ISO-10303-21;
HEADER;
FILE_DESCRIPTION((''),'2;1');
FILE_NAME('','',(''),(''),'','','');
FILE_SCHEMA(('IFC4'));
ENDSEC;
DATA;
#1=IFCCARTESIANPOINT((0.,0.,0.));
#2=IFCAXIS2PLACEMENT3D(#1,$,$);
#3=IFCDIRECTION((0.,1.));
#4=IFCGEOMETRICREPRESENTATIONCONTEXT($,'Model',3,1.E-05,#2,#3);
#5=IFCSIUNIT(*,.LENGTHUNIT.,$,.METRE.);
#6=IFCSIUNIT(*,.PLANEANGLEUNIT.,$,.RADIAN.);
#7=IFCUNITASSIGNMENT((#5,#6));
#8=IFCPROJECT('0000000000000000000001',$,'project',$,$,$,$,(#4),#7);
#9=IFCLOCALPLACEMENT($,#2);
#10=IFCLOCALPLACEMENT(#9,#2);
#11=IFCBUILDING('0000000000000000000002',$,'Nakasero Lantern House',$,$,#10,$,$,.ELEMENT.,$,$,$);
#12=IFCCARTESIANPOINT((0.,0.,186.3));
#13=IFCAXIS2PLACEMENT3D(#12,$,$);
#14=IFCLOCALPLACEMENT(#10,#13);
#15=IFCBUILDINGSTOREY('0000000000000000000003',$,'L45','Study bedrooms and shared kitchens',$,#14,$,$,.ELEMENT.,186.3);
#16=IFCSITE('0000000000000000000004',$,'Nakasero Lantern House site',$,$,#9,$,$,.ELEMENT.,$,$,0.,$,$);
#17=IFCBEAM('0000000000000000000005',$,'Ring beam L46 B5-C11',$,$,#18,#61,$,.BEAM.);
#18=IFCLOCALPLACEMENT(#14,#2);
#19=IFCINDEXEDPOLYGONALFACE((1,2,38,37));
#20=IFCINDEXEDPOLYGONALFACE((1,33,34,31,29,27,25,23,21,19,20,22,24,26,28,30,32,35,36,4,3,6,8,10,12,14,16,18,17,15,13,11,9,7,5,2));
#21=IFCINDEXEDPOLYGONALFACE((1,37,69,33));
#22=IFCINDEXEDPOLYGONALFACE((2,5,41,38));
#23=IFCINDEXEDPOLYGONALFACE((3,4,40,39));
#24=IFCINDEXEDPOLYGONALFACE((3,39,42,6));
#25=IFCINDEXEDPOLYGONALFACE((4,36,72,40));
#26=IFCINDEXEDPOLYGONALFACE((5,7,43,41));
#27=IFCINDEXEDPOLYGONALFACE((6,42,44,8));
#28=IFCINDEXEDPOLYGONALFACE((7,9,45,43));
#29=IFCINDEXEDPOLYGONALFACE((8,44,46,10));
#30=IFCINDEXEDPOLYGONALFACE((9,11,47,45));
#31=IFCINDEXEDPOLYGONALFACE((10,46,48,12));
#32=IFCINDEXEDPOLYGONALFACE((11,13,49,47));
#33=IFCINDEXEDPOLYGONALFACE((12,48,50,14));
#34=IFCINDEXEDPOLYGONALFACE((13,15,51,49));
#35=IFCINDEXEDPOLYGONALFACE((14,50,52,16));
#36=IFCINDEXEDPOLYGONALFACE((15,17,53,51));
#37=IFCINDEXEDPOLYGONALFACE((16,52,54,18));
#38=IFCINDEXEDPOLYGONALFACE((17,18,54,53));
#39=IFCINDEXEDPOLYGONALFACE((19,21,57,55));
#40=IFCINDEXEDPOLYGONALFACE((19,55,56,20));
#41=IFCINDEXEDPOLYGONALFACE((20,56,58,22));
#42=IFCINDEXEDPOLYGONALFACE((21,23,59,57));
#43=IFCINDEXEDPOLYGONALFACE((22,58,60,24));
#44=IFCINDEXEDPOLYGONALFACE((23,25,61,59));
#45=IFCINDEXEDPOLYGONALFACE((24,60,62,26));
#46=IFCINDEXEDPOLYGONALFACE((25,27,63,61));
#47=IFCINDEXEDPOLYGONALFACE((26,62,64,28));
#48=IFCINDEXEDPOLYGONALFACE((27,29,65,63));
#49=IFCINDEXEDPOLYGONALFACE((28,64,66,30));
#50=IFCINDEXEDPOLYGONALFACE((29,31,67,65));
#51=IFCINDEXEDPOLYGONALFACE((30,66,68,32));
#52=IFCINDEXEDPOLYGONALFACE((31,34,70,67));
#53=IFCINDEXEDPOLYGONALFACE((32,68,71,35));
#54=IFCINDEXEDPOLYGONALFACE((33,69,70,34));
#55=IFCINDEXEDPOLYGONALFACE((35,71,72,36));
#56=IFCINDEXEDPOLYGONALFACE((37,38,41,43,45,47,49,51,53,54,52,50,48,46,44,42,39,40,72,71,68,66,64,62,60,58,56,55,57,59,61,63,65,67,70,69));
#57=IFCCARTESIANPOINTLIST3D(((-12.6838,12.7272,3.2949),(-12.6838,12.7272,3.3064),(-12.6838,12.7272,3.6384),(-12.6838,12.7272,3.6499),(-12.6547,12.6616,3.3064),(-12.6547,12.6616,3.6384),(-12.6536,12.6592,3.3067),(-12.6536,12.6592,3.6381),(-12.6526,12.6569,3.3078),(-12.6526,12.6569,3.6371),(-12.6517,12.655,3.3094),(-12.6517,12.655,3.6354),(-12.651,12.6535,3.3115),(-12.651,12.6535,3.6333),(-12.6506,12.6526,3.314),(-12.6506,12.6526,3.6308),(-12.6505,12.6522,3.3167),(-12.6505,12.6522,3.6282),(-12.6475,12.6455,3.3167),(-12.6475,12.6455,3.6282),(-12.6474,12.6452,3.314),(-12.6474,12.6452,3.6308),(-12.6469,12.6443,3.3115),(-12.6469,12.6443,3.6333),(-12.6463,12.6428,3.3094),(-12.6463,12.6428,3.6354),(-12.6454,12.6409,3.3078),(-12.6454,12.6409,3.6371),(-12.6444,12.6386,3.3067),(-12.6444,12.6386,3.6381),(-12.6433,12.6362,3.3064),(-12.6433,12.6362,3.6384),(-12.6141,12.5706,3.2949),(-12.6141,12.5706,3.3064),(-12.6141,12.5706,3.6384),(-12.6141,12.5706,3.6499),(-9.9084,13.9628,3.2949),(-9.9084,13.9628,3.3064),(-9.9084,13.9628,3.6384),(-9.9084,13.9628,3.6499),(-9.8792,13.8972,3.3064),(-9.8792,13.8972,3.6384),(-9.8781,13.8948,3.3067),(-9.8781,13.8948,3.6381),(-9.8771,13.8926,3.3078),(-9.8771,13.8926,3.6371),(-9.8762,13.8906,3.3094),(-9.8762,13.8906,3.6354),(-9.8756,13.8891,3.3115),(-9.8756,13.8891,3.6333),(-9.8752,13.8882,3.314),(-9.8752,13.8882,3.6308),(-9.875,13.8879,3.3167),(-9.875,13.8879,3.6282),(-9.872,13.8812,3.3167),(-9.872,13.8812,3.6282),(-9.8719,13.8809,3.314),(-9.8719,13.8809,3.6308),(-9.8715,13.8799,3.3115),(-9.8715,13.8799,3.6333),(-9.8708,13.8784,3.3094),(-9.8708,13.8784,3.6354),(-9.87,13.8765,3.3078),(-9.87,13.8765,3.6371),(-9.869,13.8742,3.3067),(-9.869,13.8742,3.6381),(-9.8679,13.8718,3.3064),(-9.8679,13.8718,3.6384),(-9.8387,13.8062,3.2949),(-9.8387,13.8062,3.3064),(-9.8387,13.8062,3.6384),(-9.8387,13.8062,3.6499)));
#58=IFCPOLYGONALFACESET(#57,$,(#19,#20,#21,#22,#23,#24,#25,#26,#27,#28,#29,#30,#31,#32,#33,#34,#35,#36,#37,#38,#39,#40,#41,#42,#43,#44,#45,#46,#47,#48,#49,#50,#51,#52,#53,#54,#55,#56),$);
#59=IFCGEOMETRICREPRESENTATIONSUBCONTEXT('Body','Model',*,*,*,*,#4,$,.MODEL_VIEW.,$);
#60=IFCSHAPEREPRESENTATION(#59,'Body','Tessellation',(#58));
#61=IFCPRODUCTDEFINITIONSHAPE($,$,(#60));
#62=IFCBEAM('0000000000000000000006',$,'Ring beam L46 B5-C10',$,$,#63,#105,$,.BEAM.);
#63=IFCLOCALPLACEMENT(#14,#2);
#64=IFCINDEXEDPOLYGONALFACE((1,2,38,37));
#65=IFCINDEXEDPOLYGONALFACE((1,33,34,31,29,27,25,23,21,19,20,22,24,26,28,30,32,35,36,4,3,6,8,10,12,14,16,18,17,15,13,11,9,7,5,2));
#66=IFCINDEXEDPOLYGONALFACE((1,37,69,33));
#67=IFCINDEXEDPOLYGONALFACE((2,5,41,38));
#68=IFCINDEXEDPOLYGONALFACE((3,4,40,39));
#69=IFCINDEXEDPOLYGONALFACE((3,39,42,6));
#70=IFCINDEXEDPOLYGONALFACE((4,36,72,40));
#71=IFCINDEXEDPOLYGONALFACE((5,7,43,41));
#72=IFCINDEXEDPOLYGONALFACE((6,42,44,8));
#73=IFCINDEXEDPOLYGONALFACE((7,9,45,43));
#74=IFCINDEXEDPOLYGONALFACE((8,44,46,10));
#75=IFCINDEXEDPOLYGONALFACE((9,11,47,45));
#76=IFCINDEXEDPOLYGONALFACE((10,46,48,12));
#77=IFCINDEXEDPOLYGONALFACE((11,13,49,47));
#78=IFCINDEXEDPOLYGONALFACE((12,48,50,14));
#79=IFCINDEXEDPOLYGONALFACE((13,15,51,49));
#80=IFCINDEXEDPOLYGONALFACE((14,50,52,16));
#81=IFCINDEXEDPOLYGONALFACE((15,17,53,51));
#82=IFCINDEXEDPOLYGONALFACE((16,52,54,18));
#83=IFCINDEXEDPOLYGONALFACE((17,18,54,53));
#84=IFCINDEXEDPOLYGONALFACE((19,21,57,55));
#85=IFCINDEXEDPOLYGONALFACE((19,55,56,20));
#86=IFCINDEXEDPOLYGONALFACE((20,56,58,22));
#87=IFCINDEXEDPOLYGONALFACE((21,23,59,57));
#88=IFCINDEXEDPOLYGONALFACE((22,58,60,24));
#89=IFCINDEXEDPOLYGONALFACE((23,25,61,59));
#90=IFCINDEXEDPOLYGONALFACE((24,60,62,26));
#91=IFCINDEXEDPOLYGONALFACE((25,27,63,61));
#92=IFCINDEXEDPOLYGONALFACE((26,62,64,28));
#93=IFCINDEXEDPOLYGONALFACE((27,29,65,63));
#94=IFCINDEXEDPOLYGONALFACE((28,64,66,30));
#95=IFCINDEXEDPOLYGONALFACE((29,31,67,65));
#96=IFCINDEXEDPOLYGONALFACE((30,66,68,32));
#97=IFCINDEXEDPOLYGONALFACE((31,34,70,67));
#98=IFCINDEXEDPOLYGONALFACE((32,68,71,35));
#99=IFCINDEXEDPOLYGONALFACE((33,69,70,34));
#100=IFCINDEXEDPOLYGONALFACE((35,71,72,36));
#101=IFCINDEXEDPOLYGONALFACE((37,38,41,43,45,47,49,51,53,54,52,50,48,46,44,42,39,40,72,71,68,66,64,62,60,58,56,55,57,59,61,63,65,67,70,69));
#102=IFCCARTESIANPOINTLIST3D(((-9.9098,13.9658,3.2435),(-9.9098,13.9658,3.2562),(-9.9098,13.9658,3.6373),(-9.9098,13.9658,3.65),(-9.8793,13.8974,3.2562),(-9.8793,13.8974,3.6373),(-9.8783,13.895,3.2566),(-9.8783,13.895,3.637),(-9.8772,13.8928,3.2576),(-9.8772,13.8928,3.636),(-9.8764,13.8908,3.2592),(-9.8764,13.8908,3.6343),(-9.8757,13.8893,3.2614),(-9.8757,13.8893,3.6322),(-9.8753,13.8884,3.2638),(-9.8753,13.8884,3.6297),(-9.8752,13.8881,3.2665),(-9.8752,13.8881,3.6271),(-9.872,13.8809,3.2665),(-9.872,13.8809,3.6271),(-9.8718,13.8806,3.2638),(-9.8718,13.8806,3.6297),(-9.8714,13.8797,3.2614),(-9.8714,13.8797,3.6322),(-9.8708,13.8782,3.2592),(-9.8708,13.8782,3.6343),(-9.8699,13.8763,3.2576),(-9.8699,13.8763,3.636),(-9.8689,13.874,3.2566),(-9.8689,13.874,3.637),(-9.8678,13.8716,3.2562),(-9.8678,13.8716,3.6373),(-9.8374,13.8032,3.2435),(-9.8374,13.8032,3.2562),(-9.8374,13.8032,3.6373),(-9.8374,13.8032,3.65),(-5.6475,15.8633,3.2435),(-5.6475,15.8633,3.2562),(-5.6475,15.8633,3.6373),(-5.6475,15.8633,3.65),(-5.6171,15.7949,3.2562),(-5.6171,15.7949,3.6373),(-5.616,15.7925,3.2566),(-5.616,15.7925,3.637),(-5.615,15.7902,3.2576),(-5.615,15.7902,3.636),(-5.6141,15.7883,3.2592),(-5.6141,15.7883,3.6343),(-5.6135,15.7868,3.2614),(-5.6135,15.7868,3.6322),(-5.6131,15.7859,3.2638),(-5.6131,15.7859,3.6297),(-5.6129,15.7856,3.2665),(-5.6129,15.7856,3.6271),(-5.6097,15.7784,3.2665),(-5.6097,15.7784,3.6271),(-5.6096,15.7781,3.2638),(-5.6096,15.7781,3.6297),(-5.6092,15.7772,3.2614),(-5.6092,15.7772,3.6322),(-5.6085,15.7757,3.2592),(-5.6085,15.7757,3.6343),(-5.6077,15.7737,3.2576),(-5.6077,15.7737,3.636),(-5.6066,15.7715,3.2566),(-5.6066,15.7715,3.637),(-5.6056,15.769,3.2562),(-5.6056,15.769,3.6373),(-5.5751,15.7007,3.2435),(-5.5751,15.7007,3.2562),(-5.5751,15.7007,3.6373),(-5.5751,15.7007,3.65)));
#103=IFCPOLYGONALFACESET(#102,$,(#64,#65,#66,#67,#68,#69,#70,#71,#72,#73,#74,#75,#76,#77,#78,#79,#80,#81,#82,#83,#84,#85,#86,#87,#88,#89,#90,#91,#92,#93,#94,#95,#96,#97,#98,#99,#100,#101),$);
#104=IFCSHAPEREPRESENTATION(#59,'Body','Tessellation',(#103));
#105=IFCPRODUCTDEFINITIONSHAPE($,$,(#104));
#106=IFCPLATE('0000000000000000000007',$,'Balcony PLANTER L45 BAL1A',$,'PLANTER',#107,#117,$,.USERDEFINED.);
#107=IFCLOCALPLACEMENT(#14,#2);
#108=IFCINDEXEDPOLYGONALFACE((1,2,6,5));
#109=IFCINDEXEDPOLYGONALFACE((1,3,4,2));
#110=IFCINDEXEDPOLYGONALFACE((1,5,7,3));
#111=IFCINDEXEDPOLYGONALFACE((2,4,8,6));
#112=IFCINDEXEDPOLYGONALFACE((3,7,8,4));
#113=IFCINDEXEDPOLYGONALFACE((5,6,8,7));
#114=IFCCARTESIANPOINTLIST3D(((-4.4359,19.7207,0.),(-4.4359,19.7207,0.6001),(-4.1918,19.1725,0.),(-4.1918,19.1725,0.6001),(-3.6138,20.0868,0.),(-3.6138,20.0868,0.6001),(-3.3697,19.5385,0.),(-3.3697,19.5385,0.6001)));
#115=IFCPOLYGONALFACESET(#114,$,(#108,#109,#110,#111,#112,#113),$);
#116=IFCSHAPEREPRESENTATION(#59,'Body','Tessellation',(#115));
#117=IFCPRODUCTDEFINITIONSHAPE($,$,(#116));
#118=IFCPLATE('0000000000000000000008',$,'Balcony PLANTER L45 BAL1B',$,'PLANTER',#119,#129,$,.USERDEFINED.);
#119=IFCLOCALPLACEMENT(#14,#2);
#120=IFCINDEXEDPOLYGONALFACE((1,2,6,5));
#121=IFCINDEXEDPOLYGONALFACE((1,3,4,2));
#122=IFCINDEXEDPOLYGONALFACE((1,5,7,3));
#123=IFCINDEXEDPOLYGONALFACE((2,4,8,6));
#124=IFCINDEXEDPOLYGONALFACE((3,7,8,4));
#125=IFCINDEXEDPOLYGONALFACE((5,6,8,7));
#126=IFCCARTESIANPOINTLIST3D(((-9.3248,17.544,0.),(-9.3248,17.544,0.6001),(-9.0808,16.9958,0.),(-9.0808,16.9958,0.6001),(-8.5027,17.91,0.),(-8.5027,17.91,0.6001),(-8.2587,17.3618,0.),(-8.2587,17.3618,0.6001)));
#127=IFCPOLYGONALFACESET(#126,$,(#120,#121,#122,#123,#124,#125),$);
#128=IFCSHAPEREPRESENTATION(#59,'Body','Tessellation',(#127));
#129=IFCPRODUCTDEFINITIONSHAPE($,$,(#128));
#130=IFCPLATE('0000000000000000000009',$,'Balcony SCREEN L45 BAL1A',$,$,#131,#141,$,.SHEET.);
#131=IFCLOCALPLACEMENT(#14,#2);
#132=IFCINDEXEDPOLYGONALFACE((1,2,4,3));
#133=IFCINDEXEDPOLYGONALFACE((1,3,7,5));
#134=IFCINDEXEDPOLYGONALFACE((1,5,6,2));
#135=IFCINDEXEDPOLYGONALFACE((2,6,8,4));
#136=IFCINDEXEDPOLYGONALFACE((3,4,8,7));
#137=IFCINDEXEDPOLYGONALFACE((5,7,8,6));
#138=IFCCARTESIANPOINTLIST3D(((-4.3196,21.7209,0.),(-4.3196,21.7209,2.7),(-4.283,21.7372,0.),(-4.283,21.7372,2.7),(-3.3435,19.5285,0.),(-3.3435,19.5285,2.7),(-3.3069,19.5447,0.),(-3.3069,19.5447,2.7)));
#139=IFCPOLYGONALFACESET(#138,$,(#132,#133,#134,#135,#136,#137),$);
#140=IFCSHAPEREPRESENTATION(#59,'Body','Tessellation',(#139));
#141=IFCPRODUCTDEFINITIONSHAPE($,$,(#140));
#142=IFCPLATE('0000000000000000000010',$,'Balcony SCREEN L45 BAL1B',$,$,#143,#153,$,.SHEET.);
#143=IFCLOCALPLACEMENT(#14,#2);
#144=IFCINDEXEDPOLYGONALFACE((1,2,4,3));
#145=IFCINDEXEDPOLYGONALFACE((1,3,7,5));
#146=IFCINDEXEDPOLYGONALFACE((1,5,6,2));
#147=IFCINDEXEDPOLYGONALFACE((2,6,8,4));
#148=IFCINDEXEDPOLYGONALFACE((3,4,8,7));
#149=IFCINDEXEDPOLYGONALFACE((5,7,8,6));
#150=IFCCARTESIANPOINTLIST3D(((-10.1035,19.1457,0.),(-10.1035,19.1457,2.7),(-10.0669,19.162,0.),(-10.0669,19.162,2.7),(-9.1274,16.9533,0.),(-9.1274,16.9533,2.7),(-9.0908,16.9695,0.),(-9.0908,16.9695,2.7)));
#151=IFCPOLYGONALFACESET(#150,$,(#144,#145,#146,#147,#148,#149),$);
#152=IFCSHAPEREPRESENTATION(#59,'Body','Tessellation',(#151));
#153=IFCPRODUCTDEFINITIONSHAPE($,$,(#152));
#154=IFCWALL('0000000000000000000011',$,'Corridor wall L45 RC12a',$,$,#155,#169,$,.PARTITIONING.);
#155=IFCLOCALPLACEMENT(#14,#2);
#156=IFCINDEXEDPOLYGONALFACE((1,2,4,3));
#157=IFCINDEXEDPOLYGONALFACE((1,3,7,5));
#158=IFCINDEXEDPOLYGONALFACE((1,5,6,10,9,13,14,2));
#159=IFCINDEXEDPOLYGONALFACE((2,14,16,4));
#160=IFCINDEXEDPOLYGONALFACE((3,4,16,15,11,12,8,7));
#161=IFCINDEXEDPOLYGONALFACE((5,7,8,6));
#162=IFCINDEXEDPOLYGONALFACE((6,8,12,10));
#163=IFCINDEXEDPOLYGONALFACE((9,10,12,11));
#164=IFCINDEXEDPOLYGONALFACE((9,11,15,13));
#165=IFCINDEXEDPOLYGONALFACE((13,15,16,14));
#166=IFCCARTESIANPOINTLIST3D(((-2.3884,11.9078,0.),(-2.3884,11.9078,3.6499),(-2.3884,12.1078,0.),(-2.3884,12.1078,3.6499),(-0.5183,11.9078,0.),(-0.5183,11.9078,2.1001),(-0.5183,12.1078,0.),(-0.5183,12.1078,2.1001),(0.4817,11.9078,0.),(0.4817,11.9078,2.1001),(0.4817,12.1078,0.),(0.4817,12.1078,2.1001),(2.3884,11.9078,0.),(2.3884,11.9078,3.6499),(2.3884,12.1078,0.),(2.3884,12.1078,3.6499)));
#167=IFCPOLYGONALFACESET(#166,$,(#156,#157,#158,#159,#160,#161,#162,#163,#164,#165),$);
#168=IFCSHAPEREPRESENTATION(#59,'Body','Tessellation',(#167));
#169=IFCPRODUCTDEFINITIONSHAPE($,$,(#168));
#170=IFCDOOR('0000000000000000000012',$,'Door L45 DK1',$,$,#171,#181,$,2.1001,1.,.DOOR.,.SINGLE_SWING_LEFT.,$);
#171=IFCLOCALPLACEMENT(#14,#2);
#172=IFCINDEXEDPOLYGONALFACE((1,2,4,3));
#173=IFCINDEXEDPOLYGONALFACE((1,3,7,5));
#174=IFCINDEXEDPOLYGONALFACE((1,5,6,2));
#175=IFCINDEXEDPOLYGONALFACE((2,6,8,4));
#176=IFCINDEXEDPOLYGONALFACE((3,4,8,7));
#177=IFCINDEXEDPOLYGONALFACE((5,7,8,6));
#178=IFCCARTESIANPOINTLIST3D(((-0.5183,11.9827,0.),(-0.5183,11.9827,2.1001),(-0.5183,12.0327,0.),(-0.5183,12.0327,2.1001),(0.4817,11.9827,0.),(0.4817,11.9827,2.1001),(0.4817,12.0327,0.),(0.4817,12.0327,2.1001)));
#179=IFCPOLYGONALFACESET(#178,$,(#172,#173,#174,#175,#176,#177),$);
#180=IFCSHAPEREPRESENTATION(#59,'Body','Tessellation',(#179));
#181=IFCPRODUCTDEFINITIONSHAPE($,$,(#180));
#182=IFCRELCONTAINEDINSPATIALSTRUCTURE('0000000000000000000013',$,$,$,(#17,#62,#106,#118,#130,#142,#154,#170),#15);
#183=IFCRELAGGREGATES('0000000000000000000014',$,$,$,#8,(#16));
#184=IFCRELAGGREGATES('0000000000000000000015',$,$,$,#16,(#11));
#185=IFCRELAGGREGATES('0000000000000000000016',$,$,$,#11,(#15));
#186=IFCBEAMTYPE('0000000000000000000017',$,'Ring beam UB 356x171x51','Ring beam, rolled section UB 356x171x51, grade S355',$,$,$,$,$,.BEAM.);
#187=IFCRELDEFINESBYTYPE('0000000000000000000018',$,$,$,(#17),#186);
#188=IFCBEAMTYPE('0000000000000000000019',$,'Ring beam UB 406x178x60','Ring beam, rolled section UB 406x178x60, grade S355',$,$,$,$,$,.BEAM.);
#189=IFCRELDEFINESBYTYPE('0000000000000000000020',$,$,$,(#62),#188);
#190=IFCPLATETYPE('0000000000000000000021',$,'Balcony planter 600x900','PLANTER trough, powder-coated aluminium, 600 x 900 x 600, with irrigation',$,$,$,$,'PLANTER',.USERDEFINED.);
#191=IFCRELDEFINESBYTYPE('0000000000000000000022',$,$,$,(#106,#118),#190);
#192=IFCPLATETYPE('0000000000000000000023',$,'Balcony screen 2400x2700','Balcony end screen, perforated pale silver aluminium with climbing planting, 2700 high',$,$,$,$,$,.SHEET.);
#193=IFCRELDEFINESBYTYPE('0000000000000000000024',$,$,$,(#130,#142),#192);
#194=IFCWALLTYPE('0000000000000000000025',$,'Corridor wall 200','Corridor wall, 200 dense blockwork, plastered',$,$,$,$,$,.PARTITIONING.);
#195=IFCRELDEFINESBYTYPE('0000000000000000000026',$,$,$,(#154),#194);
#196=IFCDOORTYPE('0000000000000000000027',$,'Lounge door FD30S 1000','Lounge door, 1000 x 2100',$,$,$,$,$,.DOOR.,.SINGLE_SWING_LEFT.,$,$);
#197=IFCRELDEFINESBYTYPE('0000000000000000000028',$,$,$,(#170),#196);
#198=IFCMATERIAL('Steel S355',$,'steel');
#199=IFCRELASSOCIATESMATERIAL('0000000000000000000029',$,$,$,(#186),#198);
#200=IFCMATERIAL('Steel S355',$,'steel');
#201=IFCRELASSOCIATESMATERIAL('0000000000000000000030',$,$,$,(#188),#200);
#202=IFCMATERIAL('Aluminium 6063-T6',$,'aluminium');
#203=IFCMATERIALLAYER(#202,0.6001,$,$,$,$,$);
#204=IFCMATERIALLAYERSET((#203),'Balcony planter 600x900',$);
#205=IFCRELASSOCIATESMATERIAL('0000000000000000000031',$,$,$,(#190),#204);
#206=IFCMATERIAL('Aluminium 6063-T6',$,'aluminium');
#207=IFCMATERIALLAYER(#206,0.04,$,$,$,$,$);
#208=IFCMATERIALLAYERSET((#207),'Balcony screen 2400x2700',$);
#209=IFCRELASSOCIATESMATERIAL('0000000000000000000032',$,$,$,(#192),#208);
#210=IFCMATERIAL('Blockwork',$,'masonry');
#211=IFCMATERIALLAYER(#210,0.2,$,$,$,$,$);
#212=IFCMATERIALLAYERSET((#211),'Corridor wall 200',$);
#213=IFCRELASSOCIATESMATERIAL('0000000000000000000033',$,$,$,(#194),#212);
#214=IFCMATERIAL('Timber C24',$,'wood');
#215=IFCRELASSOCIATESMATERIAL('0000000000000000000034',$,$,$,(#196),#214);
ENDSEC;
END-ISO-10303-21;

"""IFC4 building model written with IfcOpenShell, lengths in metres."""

from ifc_helpers import new_model, si_unit, direction, frame, frame_2d, origin, origin_2d, place, context, subcontext, project, spatial, rectangle, i_section, extrude, material, layer, layer_set, material_profile, profile_set, type_object, element, fill, save


model = new_model("IFC4")

# Units and contexts
model_context = context("Model", 3, precision=1e-05, world=origin(), true_north=direction((0.0, 1.0)))
body_context = subcontext(model_context, "Body", "Model", "MODEL_VIEW")
ifc_project = project(units=[si_unit("LENGTHUNIT", "METRE"), si_unit("PLANEANGLEUNIT", "RADIAN")], contexts=[model_context])

# Site, building, storey
site_placement = place(None, origin())
site = spatial("IfcSite", under=ifc_project, at=site_placement, Name="Nakasero Lantern House site", CompositionType="ELEMENT", RefElevation=0.0)
building_placement = place(site_placement, origin())
building = spatial("IfcBuilding", under=site, at=building_placement, Name="Nakasero Lantern House", CompositionType="ELEMENT")
storey_placement = place(building_placement, frame((0.0, 0.0, 186.3)))
storey = spatial("IfcBuildingStorey", under=building, at=storey_placement, Name="L45", Description="Study bedrooms and shared kitchens", CompositionType="ELEMENT", Elevation=186.3)

# Beams
ifc_material_1 = material(Name="Steel S355", Category="steel")
ifc_material_profile_1 = material_profile(ifc_material_1, i_section(OverallWidth=0.1714, OverallDepth=0.355, WebThickness=0.0073, FlangeThickness=0.0115, FilletRadius=0.0103, at=origin_2d()), Name="UB 356x171x51")
ifc_profile_set_1 = profile_set([ifc_material_profile_1], Name="Steel S355")
beam_type_1 = type_object("IfcBeamType", Name="Ring beam UB 356x171x51", Description="Ring beam, rolled section UB 356x171x51, grade S355", PredefinedType="BEAM", material=ifc_profile_set_1)
beam_1_placement = place(storey_placement, frame((-9.8735, 13.8845, 3.4724), z_axis=(-0.913556, -0.406713, 0.0), x_axis=(0.406713, -0.913556, 0.0)))
element("IfcBeam", 1, at=beam_1_placement, inside=storey, type_object=beam_type_1, Name="Ring beam L46 B5-C11", PredefinedType="BEAM", context=body_context, shape_type="SweptSolid", body=[
    extrude(i_section(OverallWidth=0.1714, OverallDepth=0.355, WebThickness=0.0073, FlangeThickness=0.0115, FilletRadius=0.0103, at=origin_2d()), origin(), (0.0, 0.0, 1.0), 3.0381),
])
ifc_material_2 = material(Name="Steel S355", Category="steel")
ifc_material_profile_2 = material_profile(ifc_material_2, i_section(OverallWidth=0.178, OverallDepth=0.4065, WebThickness=0.0078, FlangeThickness=0.0127, FilletRadius=0.0103, at=origin_2d()), Name="UB 406x178x60")
ifc_profile_set_2 = profile_set([ifc_material_profile_2], Name="Steel S355")
beam_type_2 = type_object("IfcBeamType", Name="Ring beam UB 406x178x60", Description="Ring beam, rolled section UB 406x178x60, grade S355", PredefinedType="BEAM", material=ifc_profile_set_2)
beam_2_placement = place(storey_placement, frame((-5.6113, 15.782, 3.4468), z_axis=(-0.913561, -0.406702, 0.0), x_axis=(0.406702, -0.913561, 0.0)))
element("IfcBeam", 2, at=beam_2_placement, inside=storey, type_object=beam_type_2, Name="Ring beam L46 B5-C10", PredefinedType="BEAM", context=body_context, shape_type="SweptSolid", body=[
    extrude(i_section(OverallWidth=0.178, OverallDepth=0.4065, WebThickness=0.0078, FlangeThickness=0.0127, FilletRadius=0.0103, at=origin_2d()), origin(), (0.0, 0.0, 1.0), 4.6655),
])

# Plates
ifc_material_3 = material(Name="Aluminium 6063-T6", Category="aluminium")
ifc_layer_1 = layer(ifc_material_3, 0.6001)
ifc_layer_set_1 = layer_set([ifc_layer_1], Name="Balcony planter 600x900")
plate_type_1 = type_object("IfcPlateType", Name="Balcony planter 600x900", Description="PLANTER trough, powder-coated aluminium, 600 x 900 x 600, with irrigation", ElementType="PLANTER", PredefinedType="USERDEFINED", material=ifc_layer_set_1)
for number, where, z_axis, x_axis, name in (
    (3, (-3.9028, 19.6296, 0.0), (0.0, 0.0, 1.0), (-0.406737, 0.913545, 0.0), "Balcony PLANTER L45 BAL1A"),
    (4, (-8.7917, 17.4529, 0.0), (0.0, 0.0, 1.0), (-0.406737, 0.913545, 0.0), "Balcony PLANTER L45 BAL1B"),
):
    element("IfcPlate", number, at=place(storey_placement, frame(where, z_axis=z_axis, x_axis=x_axis)), inside=storey, type_object=plate_type_1, Name=name, ObjectType="PLANTER", PredefinedType="USERDEFINED", context=body_context, shape_type="SweptSolid", body=[
        extrude(rectangle(XDim=0.6001, YDim=0.8999, at=origin_2d()), origin(), (0.0, 0.0, 1.0), 0.6001),
    ])
ifc_material_4 = material(Name="Aluminium 6063-T6", Category="aluminium")
ifc_layer_2 = layer(ifc_material_4, 0.04)
ifc_layer_set_2 = layer_set([ifc_layer_2], Name="Balcony screen 2400x2700")
plate_type_2 = type_object("IfcPlateType", Name="Balcony screen 2400x2700", Description="Balcony end screen, perforated pale silver aluminium with climbing planting, 2700 high", PredefinedType="SHEET", material=ifc_layer_set_2)
for number, where, z_axis, x_axis, name in (
    (5, (-3.8132, 20.6328, 0.0), (0.0, 0.0, 1.0), (-0.406737, 0.913545, 0.0), "Balcony SCREEN L45 BAL1A"),
    (6, (-9.5972, 18.0576, 0.0), (0.0, 0.0, 1.0), (-0.406737, 0.913545, 0.0), "Balcony SCREEN L45 BAL1B"),
):
    element("IfcPlate", number, at=place(storey_placement, frame(where, z_axis=z_axis, x_axis=x_axis)), inside=storey, type_object=plate_type_2, Name=name, PredefinedType="SHEET", context=body_context, shape_type="SweptSolid", body=[
        extrude(rectangle(XDim=2.3999, YDim=0.04, at=origin_2d()), origin(), (0.0, 0.0, 1.0), 2.7),
    ])

# Wall, opening, door
ifc_material_5 = material(Name="Blockwork", Category="masonry")
ifc_layer_3 = layer(ifc_material_5, 0.2)
ifc_layer_set_3 = layer_set([ifc_layer_3], Name="Corridor wall 200")
wall_type_1 = type_object("IfcWallType", Name="Corridor wall 200", Description="Corridor wall, 200 dense blockwork, plastered", PredefinedType="PARTITIONING", material=ifc_layer_set_3)
wall_1_placement = place(storey_placement, frame((-2.3884, 12.0078, 0.0), z_axis=(0.0, 0.0, 1.0), x_axis=(1.0, 0.0, 0.0)))
wall_1 = element("IfcWall", 7, at=wall_1_placement, inside=storey, type_object=wall_type_1, Name="Corridor wall L45 RC12a", PredefinedType="PARTITIONING", context=body_context, shape_type="SweptSolid", body=[
    extrude(rectangle(XDim=4.7769, YDim=0.2, at=frame_2d((2.3884, 0.0))), origin(), (0.0, 0.0, 1.0), 3.6499),
])
opening_1_placement = place(wall_1_placement, frame((1.8701, 0.0, 0.0)))
opening_1 = element("IfcOpeningElement", 8, at=opening_1_placement, cuts=wall_1, PredefinedType="OPENING", context=body_context, shape_type="SweptSolid", body=[
    extrude(rectangle(XDim=1.0, YDim=2.1001, at=frame_2d((0.5, 1.05))), frame((0.0, 0.1199, 0.0), z_axis=(0.0, -1.0, 0.0), x_axis=(1.0, 0.0, 0.0)), (0.0, 0.0, 1.0), 0.24),
])
ifc_material_6 = material(Name="Timber C24", Category="wood")
door_type_1 = type_object("IfcDoorType", Name="Lounge door FD30S 1000", Description="Lounge door, 1000 x 2100", OperationType="SINGLE_SWING_LEFT", PredefinedType="DOOR", material=ifc_material_6)
door_1_placement = place(opening_1_placement, origin())
door_1 = element("IfcDoor", 9, at=door_1_placement, inside=storey, type_object=door_type_1, Name="Door L45 DK1", OperationType="SINGLE_SWING_LEFT", OverallHeight=2.1001, OverallWidth=1.0, PredefinedType="DOOR", context=body_context, shape_type="SweptSolid", body=[
    extrude(rectangle(XDim=1.0, YDim=2.1001, at=frame_2d((0.5, 1.05))), frame((0.0, 0.0249, 0.0), z_axis=(0.0, -1.0, 0.0), x_axis=(1.0, 0.0, 0.0)), (0.0, 0.0, 1.0), 0.05),
])
fill(opening_1, door_1)

save(model, "model.ifc")
